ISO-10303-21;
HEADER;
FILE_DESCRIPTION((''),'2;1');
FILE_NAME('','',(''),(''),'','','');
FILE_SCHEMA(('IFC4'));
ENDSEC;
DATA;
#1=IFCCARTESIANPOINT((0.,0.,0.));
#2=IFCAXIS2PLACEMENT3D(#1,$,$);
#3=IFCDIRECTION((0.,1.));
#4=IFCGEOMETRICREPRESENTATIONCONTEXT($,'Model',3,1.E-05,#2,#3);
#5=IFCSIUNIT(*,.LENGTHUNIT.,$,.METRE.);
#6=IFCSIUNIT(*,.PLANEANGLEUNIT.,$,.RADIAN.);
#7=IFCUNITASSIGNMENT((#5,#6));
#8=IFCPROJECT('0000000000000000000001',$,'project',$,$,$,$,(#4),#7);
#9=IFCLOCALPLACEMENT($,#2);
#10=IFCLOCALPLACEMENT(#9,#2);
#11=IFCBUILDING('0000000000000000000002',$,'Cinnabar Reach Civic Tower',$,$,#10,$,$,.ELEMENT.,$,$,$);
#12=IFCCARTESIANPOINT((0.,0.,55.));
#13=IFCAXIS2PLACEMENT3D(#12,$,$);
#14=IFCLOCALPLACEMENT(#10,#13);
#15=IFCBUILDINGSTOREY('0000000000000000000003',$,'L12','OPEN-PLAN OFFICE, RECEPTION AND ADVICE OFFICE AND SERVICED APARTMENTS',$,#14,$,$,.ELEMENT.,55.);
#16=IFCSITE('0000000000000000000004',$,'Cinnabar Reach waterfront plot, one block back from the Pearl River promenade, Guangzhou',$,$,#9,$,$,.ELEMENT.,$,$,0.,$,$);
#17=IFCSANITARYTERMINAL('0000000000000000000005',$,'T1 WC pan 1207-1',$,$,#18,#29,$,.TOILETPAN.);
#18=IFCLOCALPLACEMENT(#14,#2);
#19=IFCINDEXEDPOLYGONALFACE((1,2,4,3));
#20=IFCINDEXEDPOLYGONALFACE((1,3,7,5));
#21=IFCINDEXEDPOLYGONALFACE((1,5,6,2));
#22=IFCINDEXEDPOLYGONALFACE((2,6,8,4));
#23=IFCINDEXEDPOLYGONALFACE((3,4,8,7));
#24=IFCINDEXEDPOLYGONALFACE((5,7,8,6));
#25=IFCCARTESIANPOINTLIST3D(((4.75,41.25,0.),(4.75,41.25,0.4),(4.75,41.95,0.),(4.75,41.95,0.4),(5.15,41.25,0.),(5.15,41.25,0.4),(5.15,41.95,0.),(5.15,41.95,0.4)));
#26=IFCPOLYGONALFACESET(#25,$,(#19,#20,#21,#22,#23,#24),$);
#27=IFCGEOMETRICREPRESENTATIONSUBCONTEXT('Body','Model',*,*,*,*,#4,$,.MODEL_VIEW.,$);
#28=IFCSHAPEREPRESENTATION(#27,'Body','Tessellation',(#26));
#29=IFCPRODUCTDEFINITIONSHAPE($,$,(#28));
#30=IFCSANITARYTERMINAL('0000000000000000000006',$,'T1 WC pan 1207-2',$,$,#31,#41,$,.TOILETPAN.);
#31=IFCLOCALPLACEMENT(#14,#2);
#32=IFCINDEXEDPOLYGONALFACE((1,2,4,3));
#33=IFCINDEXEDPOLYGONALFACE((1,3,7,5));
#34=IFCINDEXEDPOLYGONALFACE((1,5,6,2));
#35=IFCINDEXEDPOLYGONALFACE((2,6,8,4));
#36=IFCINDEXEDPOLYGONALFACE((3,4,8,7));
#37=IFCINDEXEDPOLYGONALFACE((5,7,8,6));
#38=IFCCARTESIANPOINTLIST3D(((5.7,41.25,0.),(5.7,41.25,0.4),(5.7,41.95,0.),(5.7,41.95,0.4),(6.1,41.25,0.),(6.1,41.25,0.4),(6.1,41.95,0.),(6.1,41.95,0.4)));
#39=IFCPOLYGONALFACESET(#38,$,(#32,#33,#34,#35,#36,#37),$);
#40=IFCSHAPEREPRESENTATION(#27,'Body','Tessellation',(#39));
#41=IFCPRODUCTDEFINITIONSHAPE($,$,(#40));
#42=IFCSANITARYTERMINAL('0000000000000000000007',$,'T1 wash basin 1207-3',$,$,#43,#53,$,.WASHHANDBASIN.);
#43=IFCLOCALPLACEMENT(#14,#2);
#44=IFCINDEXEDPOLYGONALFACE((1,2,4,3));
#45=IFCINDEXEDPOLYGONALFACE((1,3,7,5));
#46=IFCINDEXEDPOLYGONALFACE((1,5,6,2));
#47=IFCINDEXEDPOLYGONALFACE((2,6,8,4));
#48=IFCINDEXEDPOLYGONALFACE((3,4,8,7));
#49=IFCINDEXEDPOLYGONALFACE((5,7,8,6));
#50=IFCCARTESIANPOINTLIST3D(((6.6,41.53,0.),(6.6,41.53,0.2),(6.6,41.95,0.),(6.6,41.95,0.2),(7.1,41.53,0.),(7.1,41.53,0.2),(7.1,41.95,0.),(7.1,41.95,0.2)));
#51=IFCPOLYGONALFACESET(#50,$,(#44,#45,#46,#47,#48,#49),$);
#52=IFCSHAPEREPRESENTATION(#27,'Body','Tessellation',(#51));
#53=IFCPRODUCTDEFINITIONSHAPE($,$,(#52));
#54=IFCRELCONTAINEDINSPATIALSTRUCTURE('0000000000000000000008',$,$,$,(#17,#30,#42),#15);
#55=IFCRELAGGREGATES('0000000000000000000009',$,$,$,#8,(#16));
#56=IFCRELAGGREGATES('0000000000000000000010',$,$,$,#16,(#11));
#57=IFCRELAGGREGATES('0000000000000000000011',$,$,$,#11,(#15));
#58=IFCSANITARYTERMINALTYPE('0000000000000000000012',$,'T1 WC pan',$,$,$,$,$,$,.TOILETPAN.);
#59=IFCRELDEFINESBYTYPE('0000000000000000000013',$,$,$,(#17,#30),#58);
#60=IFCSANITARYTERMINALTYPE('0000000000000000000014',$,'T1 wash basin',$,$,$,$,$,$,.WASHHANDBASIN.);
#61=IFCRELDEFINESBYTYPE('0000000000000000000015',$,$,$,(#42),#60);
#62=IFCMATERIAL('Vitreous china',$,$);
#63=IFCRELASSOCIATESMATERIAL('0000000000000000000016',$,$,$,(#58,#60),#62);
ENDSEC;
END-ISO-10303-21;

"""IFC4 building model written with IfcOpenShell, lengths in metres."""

from ifc_helpers import new_model, si_unit, direction, frame, origin, origin_2d, place, context, subcontext, project, spatial, rectangle, extrude, material, type_object, element, save


model = new_model("IFC4")

# Units and contexts
model_context = context("Model", 3, precision=1e-05, world=origin(), true_north=direction((0.0, 1.0)))
body_context = subcontext(model_context, "Body", "Model", "MODEL_VIEW")
ifc_project = project(units=[si_unit("LENGTHUNIT", "METRE"), si_unit("PLANEANGLEUNIT", "RADIAN")], contexts=[model_context])

# Site, building, storey
site_placement = place(None, origin())
site = spatial("IfcSite", under=ifc_project, at=site_placement, Name="Cinnabar Reach waterfront plot, one block back from the Pearl River promenade, Guangzhou", CompositionType="ELEMENT", RefElevation=0.0)
building_placement = place(site_placement, origin())
building = spatial("IfcBuilding", under=site, at=building_placement, Name="Cinnabar Reach Civic Tower", CompositionType="ELEMENT")
storey_placement = place(building_placement, frame((0.0, 0.0, 55.0)))
storey = spatial("IfcBuildingStorey", under=building, at=storey_placement, Name="L12", Description="OPEN-PLAN OFFICE, RECEPTION AND ADVICE OFFICE AND SERVICED APARTMENTS", CompositionType="ELEMENT", Elevation=55.0)

# Sanitary terminals
ifc_material_1 = material(Name="Vitreous china")
sanitary_terminal_type_1 = type_object("IfcSanitaryTerminalType", Name="T1 WC pan", PredefinedType="TOILETPAN", material=ifc_material_1)
for number, where, z_axis, x_axis, name in (
    (1, (4.95, 41.6, 0.0), (0.0, 0.0, 1.0), (1.0, 0.0, 0.0), "T1 WC pan 1207-1"),
    (2, (5.9, 41.6, 0.0), (0.0, 0.0, 1.0), (1.0, 0.0, 0.0), "T1 WC pan 1207-2"),
):
    element("IfcSanitaryTerminal", number, at=place(storey_placement, frame(where, z_axis=z_axis, x_axis=x_axis)), inside=storey, type_object=sanitary_terminal_type_1, Name=name, PredefinedType="TOILETPAN", context=body_context, shape_type="SweptSolid", body=[
        extrude(rectangle(XDim=0.4, YDim=0.7, at=origin_2d()), origin(), (0.0, 0.0, 1.0), 0.4),
    ])
sanitary_terminal_type_2 = type_object("IfcSanitaryTerminalType", Name="T1 wash basin", PredefinedType="WASHHANDBASIN", material=ifc_material_1)
sanitary_terminal_placement = place(storey_placement, frame((6.85, 41.74, 0.0), z_axis=(0.0, 0.0, 1.0), x_axis=(1.0, 0.0, 0.0)))
element("IfcSanitaryTerminal", 3, at=sanitary_terminal_placement, inside=storey, type_object=sanitary_terminal_type_2, Name="T1 wash basin 1207-3", PredefinedType="WASHHANDBASIN", context=body_context, shape_type="SweptSolid", body=[
    extrude(rectangle(XDim=0.5, YDim=0.42, at=origin_2d()), origin(), (0.0, 0.0, 1.0), 0.2),
])

save(model, "model.ifc")
